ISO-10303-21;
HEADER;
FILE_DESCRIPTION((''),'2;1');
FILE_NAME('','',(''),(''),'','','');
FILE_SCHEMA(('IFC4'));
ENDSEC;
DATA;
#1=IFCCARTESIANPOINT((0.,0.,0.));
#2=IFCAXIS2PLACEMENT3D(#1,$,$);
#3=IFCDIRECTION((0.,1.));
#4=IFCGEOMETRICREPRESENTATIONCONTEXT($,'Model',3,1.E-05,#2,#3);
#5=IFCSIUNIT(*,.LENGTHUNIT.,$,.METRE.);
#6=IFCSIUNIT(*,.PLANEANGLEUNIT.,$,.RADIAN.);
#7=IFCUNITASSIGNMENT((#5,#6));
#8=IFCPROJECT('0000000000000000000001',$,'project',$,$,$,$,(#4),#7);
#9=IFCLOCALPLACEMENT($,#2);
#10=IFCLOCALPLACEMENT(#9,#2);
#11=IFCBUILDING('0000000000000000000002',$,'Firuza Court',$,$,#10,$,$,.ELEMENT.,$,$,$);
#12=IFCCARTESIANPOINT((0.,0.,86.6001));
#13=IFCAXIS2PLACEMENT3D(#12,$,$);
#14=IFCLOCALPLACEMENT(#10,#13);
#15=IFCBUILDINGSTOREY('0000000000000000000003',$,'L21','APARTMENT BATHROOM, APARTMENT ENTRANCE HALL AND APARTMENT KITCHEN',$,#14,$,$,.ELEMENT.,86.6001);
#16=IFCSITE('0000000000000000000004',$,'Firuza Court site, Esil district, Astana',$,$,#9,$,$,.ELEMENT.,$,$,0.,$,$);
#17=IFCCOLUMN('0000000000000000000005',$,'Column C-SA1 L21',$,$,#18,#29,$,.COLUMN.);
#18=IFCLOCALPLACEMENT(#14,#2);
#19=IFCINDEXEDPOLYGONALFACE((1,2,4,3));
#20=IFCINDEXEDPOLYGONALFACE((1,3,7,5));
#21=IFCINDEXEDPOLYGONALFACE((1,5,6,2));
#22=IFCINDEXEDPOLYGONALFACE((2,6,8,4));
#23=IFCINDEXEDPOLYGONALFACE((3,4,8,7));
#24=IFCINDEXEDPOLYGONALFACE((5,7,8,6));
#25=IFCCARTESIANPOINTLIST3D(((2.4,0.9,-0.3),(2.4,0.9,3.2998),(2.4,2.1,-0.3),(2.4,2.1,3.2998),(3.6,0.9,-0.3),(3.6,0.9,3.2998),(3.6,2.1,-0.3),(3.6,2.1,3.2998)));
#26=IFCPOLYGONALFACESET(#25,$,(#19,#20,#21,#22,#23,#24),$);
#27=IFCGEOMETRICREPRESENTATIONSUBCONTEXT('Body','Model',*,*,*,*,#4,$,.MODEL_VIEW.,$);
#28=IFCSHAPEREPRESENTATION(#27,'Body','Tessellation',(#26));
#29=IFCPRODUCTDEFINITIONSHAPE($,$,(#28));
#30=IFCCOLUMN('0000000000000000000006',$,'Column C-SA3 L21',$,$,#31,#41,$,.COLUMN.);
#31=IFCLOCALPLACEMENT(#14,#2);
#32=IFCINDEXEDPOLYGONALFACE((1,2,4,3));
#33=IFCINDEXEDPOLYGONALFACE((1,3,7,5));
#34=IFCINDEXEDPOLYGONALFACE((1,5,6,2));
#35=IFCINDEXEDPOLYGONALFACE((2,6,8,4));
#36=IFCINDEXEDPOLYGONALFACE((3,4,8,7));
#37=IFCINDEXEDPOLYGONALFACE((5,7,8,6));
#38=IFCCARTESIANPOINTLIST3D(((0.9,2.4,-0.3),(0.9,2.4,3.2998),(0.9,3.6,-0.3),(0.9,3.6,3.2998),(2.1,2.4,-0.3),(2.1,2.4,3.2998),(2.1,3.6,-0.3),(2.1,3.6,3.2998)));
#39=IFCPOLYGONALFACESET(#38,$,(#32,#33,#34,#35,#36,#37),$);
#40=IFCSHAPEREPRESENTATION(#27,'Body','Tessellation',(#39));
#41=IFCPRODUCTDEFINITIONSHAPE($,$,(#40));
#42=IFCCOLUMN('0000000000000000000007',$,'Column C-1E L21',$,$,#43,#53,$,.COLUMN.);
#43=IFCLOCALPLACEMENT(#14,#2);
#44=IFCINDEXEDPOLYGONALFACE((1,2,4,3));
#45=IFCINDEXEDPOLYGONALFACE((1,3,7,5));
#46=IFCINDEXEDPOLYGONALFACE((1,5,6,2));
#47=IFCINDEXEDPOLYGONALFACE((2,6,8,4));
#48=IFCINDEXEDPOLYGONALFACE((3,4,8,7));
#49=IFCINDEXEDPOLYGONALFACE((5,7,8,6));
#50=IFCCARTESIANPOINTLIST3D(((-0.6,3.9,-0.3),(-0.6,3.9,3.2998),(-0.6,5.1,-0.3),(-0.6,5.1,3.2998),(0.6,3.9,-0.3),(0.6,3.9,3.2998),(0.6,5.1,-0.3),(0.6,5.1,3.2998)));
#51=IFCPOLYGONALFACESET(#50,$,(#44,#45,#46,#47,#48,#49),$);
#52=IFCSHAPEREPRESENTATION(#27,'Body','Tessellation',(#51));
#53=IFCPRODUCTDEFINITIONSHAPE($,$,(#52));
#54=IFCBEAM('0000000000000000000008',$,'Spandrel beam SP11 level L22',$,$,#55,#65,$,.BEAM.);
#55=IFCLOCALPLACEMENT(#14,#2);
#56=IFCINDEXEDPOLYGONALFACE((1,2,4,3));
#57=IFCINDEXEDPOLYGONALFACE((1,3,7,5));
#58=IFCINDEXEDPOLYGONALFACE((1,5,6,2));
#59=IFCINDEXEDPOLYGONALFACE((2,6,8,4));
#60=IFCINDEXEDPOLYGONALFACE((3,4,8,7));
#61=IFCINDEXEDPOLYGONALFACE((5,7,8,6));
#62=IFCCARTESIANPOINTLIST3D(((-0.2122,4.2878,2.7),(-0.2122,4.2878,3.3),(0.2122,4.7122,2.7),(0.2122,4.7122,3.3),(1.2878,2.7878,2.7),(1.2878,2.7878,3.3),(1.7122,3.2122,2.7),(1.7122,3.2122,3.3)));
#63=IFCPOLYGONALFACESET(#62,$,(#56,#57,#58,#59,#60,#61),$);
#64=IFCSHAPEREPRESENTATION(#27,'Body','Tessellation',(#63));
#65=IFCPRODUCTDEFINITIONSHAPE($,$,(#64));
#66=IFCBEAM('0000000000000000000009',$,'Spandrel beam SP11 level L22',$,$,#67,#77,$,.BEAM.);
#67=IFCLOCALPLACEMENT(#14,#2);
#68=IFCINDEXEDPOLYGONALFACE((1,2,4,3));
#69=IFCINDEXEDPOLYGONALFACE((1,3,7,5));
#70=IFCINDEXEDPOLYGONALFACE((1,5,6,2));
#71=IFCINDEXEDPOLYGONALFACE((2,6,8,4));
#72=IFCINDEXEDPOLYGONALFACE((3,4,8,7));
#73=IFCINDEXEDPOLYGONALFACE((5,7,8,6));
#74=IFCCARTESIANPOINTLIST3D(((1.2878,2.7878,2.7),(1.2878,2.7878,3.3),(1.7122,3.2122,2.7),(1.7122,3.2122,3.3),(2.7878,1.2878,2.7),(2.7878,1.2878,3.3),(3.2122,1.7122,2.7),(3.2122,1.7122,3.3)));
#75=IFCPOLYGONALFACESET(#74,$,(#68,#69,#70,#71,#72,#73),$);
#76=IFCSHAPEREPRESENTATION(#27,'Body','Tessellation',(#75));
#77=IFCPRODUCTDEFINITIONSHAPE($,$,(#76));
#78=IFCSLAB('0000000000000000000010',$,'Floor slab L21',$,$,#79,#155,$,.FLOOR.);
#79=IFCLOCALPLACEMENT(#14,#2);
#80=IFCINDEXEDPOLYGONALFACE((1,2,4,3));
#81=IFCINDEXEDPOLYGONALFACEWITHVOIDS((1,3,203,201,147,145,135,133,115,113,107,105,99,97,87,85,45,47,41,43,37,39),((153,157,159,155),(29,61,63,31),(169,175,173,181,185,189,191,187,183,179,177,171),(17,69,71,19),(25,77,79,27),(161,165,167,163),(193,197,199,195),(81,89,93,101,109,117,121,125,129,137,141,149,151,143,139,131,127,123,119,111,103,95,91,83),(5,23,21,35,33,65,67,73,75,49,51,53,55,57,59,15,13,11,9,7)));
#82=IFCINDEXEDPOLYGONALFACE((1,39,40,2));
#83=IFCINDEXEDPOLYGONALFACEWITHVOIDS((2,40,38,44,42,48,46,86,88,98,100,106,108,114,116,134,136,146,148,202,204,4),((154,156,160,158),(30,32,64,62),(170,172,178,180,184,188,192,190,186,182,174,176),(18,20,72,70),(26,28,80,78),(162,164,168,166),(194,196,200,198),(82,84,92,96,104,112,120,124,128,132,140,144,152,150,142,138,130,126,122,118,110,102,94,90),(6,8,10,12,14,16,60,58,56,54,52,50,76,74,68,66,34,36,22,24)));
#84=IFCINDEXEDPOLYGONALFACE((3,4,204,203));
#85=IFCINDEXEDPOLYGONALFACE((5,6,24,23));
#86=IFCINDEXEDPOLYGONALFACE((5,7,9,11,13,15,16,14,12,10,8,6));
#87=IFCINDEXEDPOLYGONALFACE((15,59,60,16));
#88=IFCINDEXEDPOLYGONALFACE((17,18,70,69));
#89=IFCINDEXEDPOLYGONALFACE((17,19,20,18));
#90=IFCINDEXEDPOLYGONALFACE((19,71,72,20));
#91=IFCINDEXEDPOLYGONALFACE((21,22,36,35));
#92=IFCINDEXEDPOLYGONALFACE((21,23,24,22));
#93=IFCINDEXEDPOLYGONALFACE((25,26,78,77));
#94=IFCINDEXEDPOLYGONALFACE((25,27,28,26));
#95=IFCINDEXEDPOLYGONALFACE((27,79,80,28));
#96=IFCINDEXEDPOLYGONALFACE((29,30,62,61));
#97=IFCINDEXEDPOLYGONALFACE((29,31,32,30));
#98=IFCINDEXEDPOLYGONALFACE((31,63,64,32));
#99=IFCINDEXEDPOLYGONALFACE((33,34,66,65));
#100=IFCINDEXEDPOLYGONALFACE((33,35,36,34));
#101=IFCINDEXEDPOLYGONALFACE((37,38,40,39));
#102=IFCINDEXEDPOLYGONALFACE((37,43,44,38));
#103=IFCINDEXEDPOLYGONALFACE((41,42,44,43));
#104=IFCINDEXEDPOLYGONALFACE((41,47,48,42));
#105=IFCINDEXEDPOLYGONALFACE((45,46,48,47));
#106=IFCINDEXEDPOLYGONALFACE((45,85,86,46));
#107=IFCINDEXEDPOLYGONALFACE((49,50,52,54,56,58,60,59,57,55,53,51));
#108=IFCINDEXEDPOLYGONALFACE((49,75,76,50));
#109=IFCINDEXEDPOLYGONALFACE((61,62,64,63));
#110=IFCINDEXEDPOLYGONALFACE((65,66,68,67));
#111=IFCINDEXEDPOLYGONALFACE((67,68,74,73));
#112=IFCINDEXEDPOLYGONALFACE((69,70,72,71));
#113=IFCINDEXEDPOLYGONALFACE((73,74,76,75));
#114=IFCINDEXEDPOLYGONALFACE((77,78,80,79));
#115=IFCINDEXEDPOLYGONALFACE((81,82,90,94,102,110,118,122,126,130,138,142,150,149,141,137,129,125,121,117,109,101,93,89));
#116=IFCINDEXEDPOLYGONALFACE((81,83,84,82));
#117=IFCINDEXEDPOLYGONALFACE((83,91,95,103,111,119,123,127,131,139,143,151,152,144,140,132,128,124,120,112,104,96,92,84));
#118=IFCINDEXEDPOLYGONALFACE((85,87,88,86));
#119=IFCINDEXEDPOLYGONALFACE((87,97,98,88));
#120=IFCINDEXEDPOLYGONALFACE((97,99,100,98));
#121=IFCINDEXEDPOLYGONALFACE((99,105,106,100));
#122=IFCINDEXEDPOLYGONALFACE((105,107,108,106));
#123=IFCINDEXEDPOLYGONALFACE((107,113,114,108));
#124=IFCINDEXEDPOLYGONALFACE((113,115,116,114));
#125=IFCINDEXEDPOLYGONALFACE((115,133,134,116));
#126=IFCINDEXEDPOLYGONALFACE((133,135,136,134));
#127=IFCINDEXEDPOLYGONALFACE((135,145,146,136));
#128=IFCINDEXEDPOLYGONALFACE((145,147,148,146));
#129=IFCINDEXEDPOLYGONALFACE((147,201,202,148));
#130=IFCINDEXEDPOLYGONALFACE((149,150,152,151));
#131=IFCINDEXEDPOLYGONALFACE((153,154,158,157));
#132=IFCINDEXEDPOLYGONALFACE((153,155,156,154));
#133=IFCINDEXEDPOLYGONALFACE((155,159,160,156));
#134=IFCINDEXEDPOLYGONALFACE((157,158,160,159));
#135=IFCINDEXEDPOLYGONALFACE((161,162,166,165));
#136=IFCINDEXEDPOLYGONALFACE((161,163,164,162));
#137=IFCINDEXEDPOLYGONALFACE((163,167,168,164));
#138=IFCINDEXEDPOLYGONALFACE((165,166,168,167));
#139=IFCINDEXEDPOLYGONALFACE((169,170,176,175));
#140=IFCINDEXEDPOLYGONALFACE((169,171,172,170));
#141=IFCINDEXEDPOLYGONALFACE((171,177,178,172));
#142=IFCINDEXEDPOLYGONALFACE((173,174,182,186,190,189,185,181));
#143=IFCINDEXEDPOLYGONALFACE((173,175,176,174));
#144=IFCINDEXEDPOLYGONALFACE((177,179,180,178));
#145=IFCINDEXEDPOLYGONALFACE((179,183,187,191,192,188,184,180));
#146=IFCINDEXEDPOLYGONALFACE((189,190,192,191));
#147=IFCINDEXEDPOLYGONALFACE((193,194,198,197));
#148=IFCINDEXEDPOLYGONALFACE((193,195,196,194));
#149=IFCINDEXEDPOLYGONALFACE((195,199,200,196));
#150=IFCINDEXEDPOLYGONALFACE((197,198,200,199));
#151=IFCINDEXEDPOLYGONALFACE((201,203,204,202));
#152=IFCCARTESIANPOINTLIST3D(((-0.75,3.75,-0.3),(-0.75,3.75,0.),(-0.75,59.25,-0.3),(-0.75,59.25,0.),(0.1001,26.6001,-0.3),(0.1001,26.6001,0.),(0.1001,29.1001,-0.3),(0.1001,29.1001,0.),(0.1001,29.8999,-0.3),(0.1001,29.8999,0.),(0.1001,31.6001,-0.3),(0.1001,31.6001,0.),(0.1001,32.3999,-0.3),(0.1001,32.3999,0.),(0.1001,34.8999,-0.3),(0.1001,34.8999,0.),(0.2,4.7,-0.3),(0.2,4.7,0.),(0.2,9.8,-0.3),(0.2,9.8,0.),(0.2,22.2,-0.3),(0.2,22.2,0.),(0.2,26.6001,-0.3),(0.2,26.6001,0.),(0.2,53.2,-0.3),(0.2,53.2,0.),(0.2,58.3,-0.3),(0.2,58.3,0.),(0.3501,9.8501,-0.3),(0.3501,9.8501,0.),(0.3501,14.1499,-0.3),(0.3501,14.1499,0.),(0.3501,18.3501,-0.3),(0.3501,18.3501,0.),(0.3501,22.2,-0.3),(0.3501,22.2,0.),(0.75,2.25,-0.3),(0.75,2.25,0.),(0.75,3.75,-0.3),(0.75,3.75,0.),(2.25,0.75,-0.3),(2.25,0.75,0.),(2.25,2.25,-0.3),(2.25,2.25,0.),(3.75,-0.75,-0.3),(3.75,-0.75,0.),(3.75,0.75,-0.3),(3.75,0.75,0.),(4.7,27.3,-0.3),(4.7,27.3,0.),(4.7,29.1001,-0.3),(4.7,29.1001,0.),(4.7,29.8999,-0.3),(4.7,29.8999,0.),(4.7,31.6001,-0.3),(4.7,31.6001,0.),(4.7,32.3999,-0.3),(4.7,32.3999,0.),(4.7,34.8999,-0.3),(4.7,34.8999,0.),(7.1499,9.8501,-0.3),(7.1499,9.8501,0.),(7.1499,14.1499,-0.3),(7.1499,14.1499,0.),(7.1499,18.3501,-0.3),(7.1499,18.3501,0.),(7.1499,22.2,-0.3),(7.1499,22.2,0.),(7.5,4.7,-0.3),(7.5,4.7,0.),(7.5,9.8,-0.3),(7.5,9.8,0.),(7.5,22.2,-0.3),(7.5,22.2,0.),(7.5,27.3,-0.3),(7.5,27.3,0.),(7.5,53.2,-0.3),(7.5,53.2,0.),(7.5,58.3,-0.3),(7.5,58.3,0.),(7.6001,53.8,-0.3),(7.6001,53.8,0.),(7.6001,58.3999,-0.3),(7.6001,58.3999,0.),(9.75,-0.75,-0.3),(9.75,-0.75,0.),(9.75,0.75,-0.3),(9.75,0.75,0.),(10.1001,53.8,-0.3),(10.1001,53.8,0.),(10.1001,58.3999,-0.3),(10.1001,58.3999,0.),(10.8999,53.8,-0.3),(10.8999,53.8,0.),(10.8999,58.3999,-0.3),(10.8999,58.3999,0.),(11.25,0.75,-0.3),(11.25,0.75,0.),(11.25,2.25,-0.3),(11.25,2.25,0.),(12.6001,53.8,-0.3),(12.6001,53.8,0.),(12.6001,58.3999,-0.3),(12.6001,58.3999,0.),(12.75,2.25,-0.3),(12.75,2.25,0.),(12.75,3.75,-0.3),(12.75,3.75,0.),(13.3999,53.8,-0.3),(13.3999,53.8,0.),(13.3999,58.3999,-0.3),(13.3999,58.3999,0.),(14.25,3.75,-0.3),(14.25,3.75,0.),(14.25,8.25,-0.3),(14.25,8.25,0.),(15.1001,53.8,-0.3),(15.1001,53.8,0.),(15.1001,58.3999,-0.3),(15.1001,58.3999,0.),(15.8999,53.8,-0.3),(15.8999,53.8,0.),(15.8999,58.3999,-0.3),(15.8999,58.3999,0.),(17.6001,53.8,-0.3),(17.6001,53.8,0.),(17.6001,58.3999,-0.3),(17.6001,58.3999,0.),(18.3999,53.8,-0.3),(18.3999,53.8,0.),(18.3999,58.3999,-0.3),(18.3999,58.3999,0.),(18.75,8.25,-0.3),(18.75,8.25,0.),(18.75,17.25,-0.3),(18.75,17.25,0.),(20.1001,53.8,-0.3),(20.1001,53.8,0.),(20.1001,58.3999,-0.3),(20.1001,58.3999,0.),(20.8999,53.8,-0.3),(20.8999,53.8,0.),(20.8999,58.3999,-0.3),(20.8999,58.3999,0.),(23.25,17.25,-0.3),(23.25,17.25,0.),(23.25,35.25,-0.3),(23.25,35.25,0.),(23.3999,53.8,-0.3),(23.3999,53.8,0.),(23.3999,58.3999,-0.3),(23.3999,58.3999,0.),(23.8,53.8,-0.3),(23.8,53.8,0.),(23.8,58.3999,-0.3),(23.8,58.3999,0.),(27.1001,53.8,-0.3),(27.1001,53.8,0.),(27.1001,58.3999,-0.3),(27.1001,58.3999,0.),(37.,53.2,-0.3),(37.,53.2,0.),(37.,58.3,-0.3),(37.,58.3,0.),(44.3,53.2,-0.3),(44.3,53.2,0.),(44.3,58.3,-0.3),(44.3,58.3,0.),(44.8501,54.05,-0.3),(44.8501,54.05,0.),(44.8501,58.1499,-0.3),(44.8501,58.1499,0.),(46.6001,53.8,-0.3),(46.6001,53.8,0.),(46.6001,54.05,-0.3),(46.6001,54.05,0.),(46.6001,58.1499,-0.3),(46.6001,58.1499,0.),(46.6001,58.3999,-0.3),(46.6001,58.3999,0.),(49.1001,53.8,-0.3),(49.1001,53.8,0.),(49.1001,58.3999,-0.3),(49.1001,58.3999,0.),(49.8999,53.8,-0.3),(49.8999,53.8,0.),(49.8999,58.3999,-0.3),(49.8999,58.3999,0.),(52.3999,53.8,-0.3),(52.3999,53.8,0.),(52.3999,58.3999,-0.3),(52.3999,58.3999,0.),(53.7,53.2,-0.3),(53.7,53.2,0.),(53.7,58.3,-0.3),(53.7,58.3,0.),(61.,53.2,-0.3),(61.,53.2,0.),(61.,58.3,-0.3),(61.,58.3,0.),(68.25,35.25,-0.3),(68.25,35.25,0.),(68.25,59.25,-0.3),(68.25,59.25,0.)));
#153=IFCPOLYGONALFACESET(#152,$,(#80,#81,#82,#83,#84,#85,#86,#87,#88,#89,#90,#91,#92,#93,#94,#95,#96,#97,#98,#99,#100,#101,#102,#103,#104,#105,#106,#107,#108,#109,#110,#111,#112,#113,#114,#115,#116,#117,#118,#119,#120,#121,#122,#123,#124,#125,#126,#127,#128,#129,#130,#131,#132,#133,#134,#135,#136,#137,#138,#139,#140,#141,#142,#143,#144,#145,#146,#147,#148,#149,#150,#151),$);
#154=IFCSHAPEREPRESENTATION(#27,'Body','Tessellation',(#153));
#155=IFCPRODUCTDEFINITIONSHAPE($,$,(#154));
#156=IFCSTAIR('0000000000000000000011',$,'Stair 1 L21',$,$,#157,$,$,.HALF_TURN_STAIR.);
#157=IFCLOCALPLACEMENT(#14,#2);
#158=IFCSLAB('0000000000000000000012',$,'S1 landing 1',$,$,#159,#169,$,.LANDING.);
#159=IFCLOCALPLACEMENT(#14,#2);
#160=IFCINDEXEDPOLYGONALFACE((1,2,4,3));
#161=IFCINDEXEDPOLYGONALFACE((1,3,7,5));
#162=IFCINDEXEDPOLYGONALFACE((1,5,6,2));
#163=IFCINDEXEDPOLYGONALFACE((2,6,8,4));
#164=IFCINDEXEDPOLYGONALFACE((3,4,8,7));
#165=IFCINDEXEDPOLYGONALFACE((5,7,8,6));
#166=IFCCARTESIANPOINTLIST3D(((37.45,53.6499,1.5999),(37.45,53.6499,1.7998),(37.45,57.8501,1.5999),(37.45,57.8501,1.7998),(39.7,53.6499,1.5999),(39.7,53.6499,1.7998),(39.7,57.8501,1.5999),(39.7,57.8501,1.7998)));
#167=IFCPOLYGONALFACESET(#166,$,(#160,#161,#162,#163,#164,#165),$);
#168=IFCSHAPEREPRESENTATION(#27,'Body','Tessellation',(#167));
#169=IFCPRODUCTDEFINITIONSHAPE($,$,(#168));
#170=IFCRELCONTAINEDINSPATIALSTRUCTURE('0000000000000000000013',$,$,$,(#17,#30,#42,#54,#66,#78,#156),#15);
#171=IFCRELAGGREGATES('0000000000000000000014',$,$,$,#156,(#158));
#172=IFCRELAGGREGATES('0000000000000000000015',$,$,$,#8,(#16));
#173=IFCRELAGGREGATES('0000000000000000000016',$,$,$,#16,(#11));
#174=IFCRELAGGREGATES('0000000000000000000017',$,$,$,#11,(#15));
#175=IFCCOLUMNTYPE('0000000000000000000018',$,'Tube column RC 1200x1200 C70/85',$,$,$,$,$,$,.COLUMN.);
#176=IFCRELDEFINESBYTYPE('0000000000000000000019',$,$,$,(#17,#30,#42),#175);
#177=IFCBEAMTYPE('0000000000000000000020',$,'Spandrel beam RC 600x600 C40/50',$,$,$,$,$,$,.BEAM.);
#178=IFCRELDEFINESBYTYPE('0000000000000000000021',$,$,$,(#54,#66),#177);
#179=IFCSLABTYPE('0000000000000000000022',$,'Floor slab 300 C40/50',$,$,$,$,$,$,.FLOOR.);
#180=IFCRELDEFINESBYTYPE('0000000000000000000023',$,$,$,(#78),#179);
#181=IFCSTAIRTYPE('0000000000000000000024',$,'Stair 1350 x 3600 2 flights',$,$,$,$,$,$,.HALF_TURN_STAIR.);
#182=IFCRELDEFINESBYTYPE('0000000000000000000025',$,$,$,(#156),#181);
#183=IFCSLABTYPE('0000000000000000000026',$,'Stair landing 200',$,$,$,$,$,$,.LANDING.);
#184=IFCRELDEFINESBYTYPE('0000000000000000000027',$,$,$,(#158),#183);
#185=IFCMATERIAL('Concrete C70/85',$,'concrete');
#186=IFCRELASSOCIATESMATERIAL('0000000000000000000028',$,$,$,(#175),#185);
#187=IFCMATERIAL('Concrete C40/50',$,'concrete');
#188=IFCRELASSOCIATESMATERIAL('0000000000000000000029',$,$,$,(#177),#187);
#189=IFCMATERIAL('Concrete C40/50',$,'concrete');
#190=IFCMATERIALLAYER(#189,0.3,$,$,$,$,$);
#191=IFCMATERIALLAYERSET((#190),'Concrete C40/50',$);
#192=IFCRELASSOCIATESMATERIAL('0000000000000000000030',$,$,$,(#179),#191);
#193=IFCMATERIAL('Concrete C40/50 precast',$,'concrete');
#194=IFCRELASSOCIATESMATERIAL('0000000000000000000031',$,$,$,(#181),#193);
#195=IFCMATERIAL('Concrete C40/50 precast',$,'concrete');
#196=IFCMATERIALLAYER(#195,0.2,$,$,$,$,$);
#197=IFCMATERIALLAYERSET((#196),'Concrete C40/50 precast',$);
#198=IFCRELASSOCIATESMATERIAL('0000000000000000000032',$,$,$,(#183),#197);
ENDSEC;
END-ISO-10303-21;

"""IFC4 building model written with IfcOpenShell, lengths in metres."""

from ifc_helpers import new_model, si_unit, direction, frame, origin, origin_2d, place, context, subcontext, project, spatial, polyline, rectangle, outline, extrude, material, layer, layer_set, material_profile, profile_set, type_object, element, aggregate, save


model = new_model("IFC4")

# Units and contexts
model_context = context("Model", 3, precision=1e-05, world=origin(), true_north=direction((0.0, 1.0)))
body_context = subcontext(model_context, "Body", "Model", "MODEL_VIEW")
ifc_project = project(units=[si_unit("LENGTHUNIT", "METRE"), si_unit("PLANEANGLEUNIT", "RADIAN")], contexts=[model_context])

# Site, building, storey
site_placement = place(None, origin())
site = spatial("IfcSite", under=ifc_project, at=site_placement, Name="Firuza Court site, Esil district, Astana", CompositionType="ELEMENT", RefElevation=0.0)
building_placement = place(site_placement, origin())
building = spatial("IfcBuilding", under=site, at=building_placement, Name="Firuza Court", CompositionType="ELEMENT")
storey_placement = place(building_placement, frame((0.0, 0.0, 86.6001)))
storey = spatial("IfcBuildingStorey", under=building, at=storey_placement, Name="L21", Description="APARTMENT BATHROOM, APARTMENT ENTRANCE HALL AND APARTMENT KITCHEN", CompositionType="ELEMENT", Elevation=86.6001)

# Columns
ifc_material_1 = material(Name="Concrete C70/85", Category="concrete")
ifc_material_profile_1 = material_profile(ifc_material_1, rectangle(XDim=1.2, YDim=1.2, at=origin_2d()), Name="RC 1200x1200")
ifc_profile_set_1 = profile_set([ifc_material_profile_1], Name="Concrete C70/85")
column_type = type_object("IfcColumnType", Name="Tube column RC 1200x1200 C70/85", PredefinedType="COLUMN", material=ifc_profile_set_1)
for number, where, z_axis, x_axis, name in (
    (1, (3.0, 1.5, -0.3), (0.0, 0.0, 1.0), (1.0, 0.0, 0.0), "Column C-SA1 L21"),
    (2, (1.5, 3.0, -0.3), (0.0, 0.0, 1.0), (1.0, 0.0, 0.0), "Column C-SA3 L21"),
    (3, (0.0, 4.5, -0.3), (0.0, 0.0, 1.0), (1.0, 0.0, 0.0), "Column C-1E L21"),
):
    element("IfcColumn", number, at=place(storey_placement, frame(where, z_axis=z_axis, x_axis=x_axis)), inside=storey, type_object=column_type, Name=name, PredefinedType="COLUMN", context=body_context, shape_type="SweptSolid", body=[
        extrude(rectangle(XDim=1.2, YDim=1.2, at=origin_2d()), origin(), (0.0, 0.0, 1.0), 3.5999),
    ])

# Beams
ifc_material_2 = material(Name="Concrete C40/50", Category="concrete")
ifc_material_profile_2 = material_profile(ifc_material_2, rectangle(XDim=0.6001, YDim=0.6001, at=origin_2d()), Name="RC 600x600")
ifc_profile_set_2 = profile_set([ifc_material_profile_2], Name="Concrete C40/50")
beam_type = type_object("IfcBeamType", Name="Spandrel beam RC 600x600 C40/50", PredefinedType="BEAM", material=ifc_profile_set_2)
for number, where, z_axis, x_axis, name in (
    (4, (0.0, 4.5, 3.0), (0.707107, -0.707107, 0.0), (0.707107, 0.707107, 0.0), "Spandrel beam SP11 level L22"),
    (5, (1.5, 3.0, 3.0), (0.707107, -0.707107, 0.0), (0.707107, 0.707107, 0.0), "Spandrel beam SP11 level L22"),
):
    element("IfcBeam", number, at=place(storey_placement, frame(where, z_axis=z_axis, x_axis=x_axis)), inside=storey, type_object=beam_type, Name=name, PredefinedType="BEAM", context=body_context, shape_type="SweptSolid", body=[
        extrude(rectangle(XDim=0.6001, YDim=0.6001, at=origin_2d()), origin(), (0.0, 0.0, 1.0), 2.1213),
    ])

# Slab
ifc_material_3 = material(Name="Concrete C40/50", Category="concrete")
ifc_layer_1 = layer(ifc_material_3, 0.3)
ifc_layer_set_1 = layer_set([ifc_layer_1], Name="Concrete C40/50")
slab_type_1 = type_object("IfcSlabType", Name="Floor slab 300 C40/50", PredefinedType="FLOOR", material=ifc_layer_set_1)
slab_1_placement = place(storey_placement, frame((0.0, 0.0, -0.3)))
element("IfcSlab", 6, at=slab_1_placement, inside=storey, type_object=slab_type_1, Name="Floor slab L21", PredefinedType="FLOOR", context=body_context, shape_type="SweptSolid", body=[
    extrude(outline(polyline([(3.75, -0.75), (3.75, 0.75), (2.25, 0.75), (2.25, 2.25), (0.75, 2.25), (0.75, 3.75), (-0.75, 3.75), (-0.75, 59.25), (68.25, 59.25), (68.25, 35.25), (23.25, 35.25), (23.25, 17.25), (18.75, 17.25), (18.75, 8.25), (14.25, 8.25), (14.25, 3.75), (12.75, 3.75), (12.75, 2.25), (11.25, 2.25), (11.25, 0.75), (9.75, 0.75), (9.75, -0.75), (3.75, -0.75)]), holes=[polyline([(7.5, 9.8), (0.2, 9.8), (0.2, 4.7), (7.5, 4.7), (7.5, 9.8)]), polyline([(7.1499, 14.1499), (0.3501, 14.1499), (0.3501, 9.8501), (7.1499, 9.8501), (7.1499, 14.1499)]), polyline([(0.2, 22.2), (0.3501, 22.2), (0.3501, 18.3501), (7.1499, 18.3501), (7.1499, 22.2), (7.5, 22.2), (7.5, 27.3), (4.7, 27.3), (4.7, 29.1001), (4.7, 29.8999), (4.7, 31.6001), (4.7, 32.3999), (4.7, 34.8999), (0.1001, 34.8999), (0.1001, 32.3999), (0.1001, 31.6001), (0.1001, 29.8999), (0.1001, 29.1001), (0.1001, 26.6001), (0.2, 26.6001), (0.2, 22.2)]), polyline([(7.5, 58.3), (0.2, 58.3), (0.2, 53.2), (7.5, 53.2), (7.5, 58.3)]), polyline([(10.1001, 58.3999), (7.6001, 58.3999), (7.6001, 53.8), (10.1001, 53.8), (10.8999, 53.8), (12.6001, 53.8), (13.3999, 53.8), (15.1001, 53.8), (15.8999, 53.8), (17.6001, 53.8), (18.3999, 53.8), (20.1001, 53.8), (20.8999, 53.8), (23.3999, 53.8), (23.3999, 58.3999), (20.8999, 58.3999), (20.1001, 58.3999), (18.3999, 58.3999), (17.6001, 58.3999), (15.8999, 58.3999), (15.1001, 58.3999), (13.3999, 58.3999), (12.6001, 58.3999), (10.8999, 58.3999), (10.1001, 58.3999)]), polyline([(44.3, 58.3), (37.0, 58.3), (37.0, 53.2), (44.3, 53.2), (44.3, 58.3)]), polyline([(61.0, 58.3), (53.7, 58.3), (53.7, 53.2), (61.0, 53.2), (61.0, 58.3)]), polyline([(27.1001, 58.3999), (23.8, 58.3999), (23.8, 53.8), (27.1001, 53.8), (27.1001, 58.3999)]), polyline([(46.6001, 58.1499), (44.8501, 58.1499), (44.8501, 54.05), (46.6001, 54.05), (46.6001, 53.8), (49.1001, 53.8), (49.8999, 53.8), (52.3999, 53.8), (52.3999, 58.3999), (49.8999, 58.3999), (49.1001, 58.3999), (46.6001, 58.3999), (46.6001, 58.1499)])]), origin(), (0.0, 0.0, 1.0), 0.3),
])

# Stair, slab
ifc_material_4 = material(Name="Concrete C40/50 precast", Category="concrete")
stair_type = type_object("IfcStairType", Name="Stair 1350 x 3600 2 flights", PredefinedType="HALF_TURN_STAIR", material=ifc_material_4)
stair_1_placement = place(storey_placement, origin())
stair_1 = element("IfcStair", 7, at=stair_1_placement, inside=storey, type_object=stair_type, Name="Stair 1 L21", PredefinedType="HALF_TURN_STAIR")
ifc_material_5 = material(Name="Concrete C40/50 precast", Category="concrete")
ifc_layer_2 = layer(ifc_material_5, 0.2)
ifc_layer_set_2 = layer_set([ifc_layer_2], Name="Concrete C40/50 precast")
slab_type_2 = type_object("IfcSlabType", Name="Stair landing 200", PredefinedType="LANDING", material=ifc_layer_set_2)
slab_2_placement = place(storey_placement, frame((0.0, 0.0, 1.5999)))
slab_2 = element("IfcSlab", 8, at=slab_2_placement, type_object=slab_type_2, Name="S1 landing 1", PredefinedType="LANDING", context=body_context, shape_type="SweptSolid", body=[
    extrude(outline(polyline([(39.7, 53.6499), (39.7, 57.8501), (37.45, 57.8501), (37.45, 53.6499), (39.7, 53.6499)])), origin(), (0.0, 0.0, 1.0), 0.2),
])
aggregate(stair_1, [slab_2])

save(model, "model.ifc")
